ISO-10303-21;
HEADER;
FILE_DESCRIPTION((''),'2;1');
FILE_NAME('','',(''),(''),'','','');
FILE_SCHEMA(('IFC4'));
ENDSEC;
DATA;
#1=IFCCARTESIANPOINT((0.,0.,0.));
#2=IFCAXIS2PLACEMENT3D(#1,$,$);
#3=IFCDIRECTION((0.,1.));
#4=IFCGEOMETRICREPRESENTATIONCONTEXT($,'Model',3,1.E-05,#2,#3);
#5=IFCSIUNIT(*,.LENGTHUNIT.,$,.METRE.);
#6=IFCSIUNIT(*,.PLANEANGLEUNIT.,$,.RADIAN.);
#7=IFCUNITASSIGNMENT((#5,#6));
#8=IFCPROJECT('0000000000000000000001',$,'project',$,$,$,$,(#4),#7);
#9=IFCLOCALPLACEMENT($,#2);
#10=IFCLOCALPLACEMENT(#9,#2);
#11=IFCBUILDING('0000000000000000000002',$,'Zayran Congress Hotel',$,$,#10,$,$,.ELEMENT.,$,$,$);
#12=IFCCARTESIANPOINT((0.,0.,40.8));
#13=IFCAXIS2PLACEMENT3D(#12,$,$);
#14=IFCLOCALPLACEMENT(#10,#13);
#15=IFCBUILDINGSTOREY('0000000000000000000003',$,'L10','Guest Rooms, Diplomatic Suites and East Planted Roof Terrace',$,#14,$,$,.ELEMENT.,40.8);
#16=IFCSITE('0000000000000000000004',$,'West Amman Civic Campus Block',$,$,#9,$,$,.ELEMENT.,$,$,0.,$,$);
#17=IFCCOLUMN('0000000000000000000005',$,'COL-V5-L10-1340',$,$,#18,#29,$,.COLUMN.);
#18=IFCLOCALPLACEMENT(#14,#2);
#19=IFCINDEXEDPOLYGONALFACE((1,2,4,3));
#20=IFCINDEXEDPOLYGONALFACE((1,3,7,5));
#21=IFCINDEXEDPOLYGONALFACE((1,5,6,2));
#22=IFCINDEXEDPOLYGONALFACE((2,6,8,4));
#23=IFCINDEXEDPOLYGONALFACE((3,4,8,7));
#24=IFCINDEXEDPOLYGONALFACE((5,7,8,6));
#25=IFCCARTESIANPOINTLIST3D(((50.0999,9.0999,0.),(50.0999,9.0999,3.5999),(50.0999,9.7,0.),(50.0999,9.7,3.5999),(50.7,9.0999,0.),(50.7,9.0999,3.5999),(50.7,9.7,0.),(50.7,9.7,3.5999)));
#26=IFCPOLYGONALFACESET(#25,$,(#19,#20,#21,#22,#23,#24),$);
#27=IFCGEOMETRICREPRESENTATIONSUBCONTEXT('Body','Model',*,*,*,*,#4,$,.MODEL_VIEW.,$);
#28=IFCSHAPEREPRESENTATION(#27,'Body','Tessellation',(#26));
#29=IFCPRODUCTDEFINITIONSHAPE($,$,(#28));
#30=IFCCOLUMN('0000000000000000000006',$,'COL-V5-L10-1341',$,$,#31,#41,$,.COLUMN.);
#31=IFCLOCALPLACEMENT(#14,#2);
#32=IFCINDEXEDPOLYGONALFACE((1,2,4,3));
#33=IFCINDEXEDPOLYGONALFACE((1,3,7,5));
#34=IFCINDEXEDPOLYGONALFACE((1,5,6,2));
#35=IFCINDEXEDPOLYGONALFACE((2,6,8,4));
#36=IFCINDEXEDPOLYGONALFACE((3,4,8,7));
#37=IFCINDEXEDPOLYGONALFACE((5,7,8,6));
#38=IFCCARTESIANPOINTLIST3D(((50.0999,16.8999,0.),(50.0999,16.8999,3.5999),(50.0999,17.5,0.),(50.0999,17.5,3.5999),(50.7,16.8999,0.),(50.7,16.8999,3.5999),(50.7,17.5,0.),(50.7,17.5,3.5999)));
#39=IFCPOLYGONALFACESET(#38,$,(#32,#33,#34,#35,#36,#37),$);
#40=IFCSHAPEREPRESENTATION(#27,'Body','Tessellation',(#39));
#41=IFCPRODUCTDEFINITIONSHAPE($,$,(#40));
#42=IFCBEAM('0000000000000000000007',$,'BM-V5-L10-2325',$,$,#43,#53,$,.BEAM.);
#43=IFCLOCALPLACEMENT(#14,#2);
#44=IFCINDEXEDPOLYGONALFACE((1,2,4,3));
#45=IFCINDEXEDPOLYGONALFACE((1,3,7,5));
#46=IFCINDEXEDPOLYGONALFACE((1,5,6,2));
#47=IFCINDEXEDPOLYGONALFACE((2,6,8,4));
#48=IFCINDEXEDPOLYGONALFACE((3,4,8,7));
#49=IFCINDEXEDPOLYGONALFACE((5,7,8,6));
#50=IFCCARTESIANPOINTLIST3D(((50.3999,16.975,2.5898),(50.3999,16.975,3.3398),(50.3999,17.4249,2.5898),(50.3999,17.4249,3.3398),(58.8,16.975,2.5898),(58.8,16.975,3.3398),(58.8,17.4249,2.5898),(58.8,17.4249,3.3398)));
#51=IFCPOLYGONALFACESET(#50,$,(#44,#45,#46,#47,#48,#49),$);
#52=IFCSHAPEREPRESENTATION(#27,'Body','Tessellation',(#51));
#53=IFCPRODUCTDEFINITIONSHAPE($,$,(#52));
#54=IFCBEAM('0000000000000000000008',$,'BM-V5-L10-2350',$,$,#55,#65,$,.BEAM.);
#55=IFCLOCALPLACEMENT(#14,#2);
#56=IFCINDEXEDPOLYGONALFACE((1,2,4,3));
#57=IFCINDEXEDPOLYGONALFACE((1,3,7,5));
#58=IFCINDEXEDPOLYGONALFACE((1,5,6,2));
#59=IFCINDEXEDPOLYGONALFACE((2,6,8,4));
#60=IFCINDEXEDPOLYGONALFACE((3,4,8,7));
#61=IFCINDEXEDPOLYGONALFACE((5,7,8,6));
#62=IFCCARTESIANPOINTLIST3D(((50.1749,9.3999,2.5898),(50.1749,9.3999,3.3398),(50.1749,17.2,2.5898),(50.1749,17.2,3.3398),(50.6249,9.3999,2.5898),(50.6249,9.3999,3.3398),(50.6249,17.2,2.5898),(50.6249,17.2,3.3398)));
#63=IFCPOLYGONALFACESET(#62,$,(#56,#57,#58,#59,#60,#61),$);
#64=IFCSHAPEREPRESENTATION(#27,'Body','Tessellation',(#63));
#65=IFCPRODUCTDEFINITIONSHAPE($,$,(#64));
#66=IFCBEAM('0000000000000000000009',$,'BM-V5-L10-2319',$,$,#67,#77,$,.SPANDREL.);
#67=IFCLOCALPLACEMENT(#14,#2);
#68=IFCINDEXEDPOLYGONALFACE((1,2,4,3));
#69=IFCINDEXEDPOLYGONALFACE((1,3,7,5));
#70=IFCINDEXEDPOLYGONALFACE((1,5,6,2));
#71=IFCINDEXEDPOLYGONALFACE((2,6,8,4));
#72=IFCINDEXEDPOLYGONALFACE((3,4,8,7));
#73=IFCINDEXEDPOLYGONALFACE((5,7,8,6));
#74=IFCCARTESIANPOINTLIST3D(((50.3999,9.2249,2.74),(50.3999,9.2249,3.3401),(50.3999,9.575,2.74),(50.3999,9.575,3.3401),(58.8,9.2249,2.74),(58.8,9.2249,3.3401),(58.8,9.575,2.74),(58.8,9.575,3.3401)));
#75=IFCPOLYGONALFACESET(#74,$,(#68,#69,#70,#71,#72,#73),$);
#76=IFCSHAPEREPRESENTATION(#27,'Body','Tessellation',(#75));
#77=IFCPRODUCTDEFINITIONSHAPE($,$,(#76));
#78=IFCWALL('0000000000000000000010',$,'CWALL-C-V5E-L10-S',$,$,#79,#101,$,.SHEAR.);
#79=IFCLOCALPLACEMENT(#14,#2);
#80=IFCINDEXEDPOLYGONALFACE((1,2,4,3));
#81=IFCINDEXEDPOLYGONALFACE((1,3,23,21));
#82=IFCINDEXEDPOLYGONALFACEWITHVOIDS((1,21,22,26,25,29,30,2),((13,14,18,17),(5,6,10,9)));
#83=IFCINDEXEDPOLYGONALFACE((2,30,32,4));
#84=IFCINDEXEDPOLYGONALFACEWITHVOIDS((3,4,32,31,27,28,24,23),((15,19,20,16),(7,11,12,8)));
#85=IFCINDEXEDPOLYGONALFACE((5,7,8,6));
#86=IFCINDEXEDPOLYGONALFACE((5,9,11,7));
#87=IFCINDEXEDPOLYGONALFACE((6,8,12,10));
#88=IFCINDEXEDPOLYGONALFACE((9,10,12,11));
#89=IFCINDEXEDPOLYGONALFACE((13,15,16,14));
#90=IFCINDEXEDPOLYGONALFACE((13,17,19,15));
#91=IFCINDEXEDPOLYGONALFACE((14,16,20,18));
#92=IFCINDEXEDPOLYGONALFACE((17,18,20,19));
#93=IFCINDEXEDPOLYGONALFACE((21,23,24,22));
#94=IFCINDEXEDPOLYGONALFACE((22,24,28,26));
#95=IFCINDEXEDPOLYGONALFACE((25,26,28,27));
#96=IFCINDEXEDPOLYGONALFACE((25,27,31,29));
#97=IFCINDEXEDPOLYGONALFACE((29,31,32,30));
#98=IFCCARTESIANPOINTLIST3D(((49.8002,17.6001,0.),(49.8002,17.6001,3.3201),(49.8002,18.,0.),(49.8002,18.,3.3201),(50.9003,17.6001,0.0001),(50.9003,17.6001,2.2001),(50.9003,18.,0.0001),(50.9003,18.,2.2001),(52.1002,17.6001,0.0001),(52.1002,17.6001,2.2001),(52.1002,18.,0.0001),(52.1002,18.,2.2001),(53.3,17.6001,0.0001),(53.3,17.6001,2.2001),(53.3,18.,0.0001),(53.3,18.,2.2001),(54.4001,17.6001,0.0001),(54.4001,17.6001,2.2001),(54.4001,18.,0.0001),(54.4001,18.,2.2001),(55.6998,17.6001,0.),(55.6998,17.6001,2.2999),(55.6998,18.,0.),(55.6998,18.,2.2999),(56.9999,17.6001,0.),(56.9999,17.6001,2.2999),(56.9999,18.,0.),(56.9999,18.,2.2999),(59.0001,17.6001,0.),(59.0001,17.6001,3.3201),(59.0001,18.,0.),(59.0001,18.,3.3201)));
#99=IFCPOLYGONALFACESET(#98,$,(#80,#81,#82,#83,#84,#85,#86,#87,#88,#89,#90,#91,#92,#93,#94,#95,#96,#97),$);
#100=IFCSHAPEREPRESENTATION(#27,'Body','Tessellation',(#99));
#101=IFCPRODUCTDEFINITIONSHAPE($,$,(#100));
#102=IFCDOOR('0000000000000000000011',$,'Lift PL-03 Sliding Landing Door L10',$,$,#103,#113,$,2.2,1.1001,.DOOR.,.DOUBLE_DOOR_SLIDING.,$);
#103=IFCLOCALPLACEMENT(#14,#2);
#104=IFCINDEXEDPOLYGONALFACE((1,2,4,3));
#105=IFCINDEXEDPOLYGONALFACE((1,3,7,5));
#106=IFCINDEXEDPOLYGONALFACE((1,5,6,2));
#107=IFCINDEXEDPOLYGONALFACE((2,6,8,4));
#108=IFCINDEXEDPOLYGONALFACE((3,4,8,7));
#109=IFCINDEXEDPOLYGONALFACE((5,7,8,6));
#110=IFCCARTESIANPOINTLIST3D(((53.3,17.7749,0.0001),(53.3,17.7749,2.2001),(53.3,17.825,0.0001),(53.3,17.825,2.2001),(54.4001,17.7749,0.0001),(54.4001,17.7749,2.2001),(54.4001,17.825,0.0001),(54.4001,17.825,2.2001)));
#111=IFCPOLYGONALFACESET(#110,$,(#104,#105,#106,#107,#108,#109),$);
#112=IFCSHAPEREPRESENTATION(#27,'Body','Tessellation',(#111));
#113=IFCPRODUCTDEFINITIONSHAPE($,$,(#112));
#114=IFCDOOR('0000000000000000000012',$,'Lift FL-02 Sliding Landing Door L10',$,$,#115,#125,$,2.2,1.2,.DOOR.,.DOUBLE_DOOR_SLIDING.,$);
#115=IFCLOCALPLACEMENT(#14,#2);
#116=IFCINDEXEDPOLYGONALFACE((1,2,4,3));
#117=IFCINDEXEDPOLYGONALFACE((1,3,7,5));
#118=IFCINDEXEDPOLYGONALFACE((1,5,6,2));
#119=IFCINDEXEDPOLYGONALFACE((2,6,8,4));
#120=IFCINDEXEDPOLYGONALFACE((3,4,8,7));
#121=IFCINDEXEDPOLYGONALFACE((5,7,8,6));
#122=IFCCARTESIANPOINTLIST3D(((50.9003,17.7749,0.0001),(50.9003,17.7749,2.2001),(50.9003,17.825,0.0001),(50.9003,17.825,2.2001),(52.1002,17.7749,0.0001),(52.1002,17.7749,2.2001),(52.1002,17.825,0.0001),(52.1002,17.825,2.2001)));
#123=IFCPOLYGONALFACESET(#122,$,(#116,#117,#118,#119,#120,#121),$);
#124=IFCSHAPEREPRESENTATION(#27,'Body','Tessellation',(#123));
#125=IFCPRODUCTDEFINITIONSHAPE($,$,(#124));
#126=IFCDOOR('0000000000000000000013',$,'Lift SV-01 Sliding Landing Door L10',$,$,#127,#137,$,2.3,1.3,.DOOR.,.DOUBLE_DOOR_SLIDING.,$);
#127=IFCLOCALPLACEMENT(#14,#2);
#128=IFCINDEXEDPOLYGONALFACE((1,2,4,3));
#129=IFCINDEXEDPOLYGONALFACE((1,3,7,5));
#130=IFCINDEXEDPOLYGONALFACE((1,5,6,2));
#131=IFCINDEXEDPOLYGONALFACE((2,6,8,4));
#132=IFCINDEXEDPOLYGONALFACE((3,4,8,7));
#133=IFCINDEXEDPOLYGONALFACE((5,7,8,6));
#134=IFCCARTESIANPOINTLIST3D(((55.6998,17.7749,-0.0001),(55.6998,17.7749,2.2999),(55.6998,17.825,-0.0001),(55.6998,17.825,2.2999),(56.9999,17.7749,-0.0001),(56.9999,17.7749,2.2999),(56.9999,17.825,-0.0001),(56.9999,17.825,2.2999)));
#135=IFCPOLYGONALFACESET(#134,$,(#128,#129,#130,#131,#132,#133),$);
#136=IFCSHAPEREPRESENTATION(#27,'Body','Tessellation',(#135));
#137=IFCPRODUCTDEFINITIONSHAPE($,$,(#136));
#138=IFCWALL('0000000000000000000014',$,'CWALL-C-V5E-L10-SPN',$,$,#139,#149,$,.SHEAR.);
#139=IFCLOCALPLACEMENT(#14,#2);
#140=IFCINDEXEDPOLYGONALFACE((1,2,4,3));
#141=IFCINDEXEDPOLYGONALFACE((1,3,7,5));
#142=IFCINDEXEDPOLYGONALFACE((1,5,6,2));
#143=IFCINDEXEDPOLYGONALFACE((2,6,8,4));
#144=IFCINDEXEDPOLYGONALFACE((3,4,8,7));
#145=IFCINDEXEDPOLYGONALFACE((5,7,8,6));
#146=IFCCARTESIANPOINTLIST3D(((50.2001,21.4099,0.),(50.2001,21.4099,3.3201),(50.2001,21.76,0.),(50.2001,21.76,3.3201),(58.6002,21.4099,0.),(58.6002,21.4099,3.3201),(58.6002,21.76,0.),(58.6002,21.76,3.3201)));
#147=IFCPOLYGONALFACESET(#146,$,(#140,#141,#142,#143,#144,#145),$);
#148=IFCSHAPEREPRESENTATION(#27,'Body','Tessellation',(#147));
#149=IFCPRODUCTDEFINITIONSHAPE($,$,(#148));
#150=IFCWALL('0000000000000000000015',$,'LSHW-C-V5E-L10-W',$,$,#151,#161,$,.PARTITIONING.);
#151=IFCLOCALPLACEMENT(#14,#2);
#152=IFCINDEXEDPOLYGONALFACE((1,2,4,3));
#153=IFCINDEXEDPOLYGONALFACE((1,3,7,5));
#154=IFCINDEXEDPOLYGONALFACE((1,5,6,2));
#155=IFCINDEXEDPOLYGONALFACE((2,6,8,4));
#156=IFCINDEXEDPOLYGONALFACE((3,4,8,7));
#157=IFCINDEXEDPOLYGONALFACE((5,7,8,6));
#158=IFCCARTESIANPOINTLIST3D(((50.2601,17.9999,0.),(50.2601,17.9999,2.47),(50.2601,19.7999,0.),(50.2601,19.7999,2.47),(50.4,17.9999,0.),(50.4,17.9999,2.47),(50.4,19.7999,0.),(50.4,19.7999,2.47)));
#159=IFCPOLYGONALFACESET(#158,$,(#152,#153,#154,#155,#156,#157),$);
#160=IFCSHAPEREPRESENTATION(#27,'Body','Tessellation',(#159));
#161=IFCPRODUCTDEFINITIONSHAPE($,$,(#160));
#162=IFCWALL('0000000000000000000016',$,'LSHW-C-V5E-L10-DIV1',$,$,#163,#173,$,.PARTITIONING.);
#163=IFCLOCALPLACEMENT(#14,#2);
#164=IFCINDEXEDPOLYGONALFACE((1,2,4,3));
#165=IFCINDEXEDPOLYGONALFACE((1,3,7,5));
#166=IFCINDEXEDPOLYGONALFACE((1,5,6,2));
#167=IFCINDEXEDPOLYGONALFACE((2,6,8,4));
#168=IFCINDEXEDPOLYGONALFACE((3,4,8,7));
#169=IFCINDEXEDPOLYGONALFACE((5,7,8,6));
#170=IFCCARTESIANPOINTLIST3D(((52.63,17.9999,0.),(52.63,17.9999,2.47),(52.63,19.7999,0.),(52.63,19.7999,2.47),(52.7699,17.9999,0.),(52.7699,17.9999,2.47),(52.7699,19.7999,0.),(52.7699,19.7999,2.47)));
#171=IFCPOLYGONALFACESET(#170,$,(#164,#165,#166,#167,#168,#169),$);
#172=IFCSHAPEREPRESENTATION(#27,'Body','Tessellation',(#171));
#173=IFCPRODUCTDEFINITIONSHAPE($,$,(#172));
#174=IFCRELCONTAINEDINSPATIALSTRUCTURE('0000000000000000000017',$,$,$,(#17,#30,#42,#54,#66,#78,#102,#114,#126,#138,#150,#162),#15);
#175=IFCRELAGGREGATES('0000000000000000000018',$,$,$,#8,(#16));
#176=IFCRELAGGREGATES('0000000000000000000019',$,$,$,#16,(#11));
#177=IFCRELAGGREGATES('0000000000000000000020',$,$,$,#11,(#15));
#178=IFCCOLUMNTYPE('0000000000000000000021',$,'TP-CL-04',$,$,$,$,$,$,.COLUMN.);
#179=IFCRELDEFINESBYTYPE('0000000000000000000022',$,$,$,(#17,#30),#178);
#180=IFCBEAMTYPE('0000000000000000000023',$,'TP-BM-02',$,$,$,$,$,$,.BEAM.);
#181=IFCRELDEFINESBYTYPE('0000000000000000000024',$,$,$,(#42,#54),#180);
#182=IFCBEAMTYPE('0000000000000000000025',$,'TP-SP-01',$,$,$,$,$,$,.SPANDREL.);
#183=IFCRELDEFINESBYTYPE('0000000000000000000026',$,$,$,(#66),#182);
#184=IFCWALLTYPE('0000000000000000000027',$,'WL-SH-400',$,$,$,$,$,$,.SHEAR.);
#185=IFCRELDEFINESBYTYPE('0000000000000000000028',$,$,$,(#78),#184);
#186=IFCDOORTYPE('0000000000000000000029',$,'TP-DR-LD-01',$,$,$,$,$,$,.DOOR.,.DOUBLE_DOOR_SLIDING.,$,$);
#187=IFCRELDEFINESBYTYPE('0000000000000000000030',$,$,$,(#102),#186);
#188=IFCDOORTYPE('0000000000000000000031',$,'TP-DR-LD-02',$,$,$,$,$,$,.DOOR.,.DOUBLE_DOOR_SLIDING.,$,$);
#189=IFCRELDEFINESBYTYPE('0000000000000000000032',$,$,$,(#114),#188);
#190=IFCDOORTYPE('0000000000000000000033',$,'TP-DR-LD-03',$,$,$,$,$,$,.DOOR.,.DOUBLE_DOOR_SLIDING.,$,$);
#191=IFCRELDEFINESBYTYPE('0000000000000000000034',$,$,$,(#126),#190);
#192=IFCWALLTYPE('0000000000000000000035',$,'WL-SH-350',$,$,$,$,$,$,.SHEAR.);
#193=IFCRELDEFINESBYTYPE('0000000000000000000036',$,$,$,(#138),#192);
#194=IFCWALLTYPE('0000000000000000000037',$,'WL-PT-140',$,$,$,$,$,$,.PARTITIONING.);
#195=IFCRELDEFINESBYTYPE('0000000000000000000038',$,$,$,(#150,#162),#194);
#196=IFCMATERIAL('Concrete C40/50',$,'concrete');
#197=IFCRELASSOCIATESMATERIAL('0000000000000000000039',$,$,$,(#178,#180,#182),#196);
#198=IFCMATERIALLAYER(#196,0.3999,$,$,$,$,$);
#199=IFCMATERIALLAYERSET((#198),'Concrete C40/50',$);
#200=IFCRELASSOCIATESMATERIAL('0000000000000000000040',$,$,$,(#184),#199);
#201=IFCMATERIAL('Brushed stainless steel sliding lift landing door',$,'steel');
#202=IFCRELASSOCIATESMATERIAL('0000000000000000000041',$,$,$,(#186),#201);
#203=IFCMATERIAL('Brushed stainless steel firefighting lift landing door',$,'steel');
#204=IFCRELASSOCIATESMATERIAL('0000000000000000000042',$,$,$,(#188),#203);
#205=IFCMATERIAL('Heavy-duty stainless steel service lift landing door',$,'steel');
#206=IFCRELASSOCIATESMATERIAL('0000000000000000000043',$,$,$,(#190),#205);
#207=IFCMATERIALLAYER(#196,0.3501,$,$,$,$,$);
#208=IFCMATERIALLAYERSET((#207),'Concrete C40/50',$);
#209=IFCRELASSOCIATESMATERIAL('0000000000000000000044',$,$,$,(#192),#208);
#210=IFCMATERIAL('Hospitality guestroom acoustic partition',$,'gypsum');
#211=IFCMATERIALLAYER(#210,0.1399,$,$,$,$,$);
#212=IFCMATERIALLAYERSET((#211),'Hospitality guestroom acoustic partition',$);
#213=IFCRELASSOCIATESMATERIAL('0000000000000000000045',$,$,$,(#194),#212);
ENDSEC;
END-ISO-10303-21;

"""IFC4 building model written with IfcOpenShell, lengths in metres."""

from ifc_helpers import new_model, si_unit, direction, frame, frame_2d, origin, origin_2d, place, context, subcontext, project, spatial, rectangle, extrude, material, layer, layer_set, material_profile, profile_set, type_object, element, fill, save


model = new_model("IFC4")

# Units and contexts
model_context = context("Model", 3, precision=1e-05, world=origin(), true_north=direction((0.0, 1.0)))
body_context = subcontext(model_context, "Body", "Model", "MODEL_VIEW")
ifc_project = project(units=[si_unit("LENGTHUNIT", "METRE"), si_unit("PLANEANGLEUNIT", "RADIAN")], contexts=[model_context])

# Site, building, storey
site_placement = place(None, origin())
site = spatial("IfcSite", under=ifc_project, at=site_placement, Name="West Amman Civic Campus Block", CompositionType="ELEMENT", RefElevation=0.0)
building_placement = place(site_placement, origin())
building = spatial("IfcBuilding", under=site, at=building_placement, Name="Zayran Congress Hotel", CompositionType="ELEMENT")
storey_placement = place(building_placement, frame((0.0, 0.0, 40.8)))
storey = spatial("IfcBuildingStorey", under=building, at=storey_placement, Name="L10", Description="Guest Rooms, Diplomatic Suites and East Planted Roof Terrace", CompositionType="ELEMENT", Elevation=40.8)

# Columns
ifc_material_1 = material(Name="Concrete C40/50", Category="concrete")
ifc_material_profile_1 = material_profile(ifc_material_1, rectangle(XDim=0.6001, YDim=0.6001, at=origin_2d()), Name="RC 600x600")
ifc_profile_set_1 = profile_set([ifc_material_profile_1], Name="Concrete C40/50")
column_type = type_object("IfcColumnType", Name="TP-CL-04", PredefinedType="COLUMN", material=ifc_profile_set_1)
for number, where, z_axis, x_axis, name in (
    (1, (50.3999, 9.3999, 0.0), (0.0, 0.0, 1.0), (1.0, 0.0, 0.0), "COL-V5-L10-1340"),
    (2, (50.3999, 17.2, 0.0), (0.0, 0.0, 1.0), (1.0, 0.0, 0.0), "COL-V5-L10-1341"),
):
    element("IfcColumn", number, at=place(storey_placement, frame(where, z_axis=z_axis, x_axis=x_axis)), inside=storey, type_object=column_type, Name=name, PredefinedType="COLUMN", context=body_context, shape_type="SweptSolid", body=[
        extrude(rectangle(XDim=0.6001, YDim=0.6001, at=origin_2d()), origin(), (0.0, 0.0, 1.0), 3.5999),
    ])

# Beams
ifc_material_profile_2 = material_profile(ifc_material_1, rectangle(XDim=0.45, YDim=0.75, at=origin_2d()), Name="RC 450x750")
ifc_profile_set_2 = profile_set([ifc_material_profile_2], Name="Concrete C40/50")
beam_type_1 = type_object("IfcBeamType", Name="TP-BM-02", PredefinedType="BEAM", material=ifc_profile_set_2)
beam_1_placement = place(storey_placement, frame((50.3999, 17.2, 2.9648), z_axis=(1.0, 0.0, 0.0), x_axis=(0.0, 1.0, 0.0)))
element("IfcBeam", 3, at=beam_1_placement, inside=storey, type_object=beam_type_1, Name="BM-V5-L10-2325", PredefinedType="BEAM", context=body_context, shape_type="SweptSolid", body=[
    extrude(rectangle(XDim=0.45, YDim=0.75, at=origin_2d()), origin(), (0.0, 0.0, 1.0), 8.4001),
])
beam_2_placement = place(storey_placement, frame((50.3999, 9.3999, 2.9648), z_axis=(0.0, 1.0, 0.0), x_axis=(-1.0, 0.0, 0.0)))
element("IfcBeam", 4, at=beam_2_placement, inside=storey, type_object=beam_type_1, Name="BM-V5-L10-2350", PredefinedType="BEAM", context=body_context, shape_type="SweptSolid", body=[
    extrude(rectangle(XDim=0.45, YDim=0.75, at=origin_2d()), origin(), (0.0, 0.0, 1.0), 7.8),
])
ifc_material_profile_3 = material_profile(ifc_material_1, rectangle(XDim=0.3501, YDim=0.6001, at=origin_2d()), Name="RC 350x600")
ifc_profile_set_3 = profile_set([ifc_material_profile_3], Name="Concrete C40/50")
beam_type_2 = type_object("IfcBeamType", Name="TP-SP-01", PredefinedType="SPANDREL", material=ifc_profile_set_3)
beam_3_placement = place(storey_placement, frame((50.3999, 9.3999, 3.04), z_axis=(1.0, 0.0, 0.0), x_axis=(0.0, 1.0, 0.0)))
element("IfcBeam", 5, at=beam_3_placement, inside=storey, type_object=beam_type_2, Name="BM-V5-L10-2319", PredefinedType="SPANDREL", context=body_context, shape_type="SweptSolid", body=[
    extrude(rectangle(XDim=0.3501, YDim=0.6001, at=origin_2d()), origin(), (0.0, 0.0, 1.0), 8.4001),
])

# Wall, openings, doors
ifc_layer_1 = layer(ifc_material_1, 0.3999)
ifc_layer_set_1 = layer_set([ifc_layer_1], Name="Concrete C40/50")
wall_type_1 = type_object("IfcWallType", Name="WL-SH-400", PredefinedType="SHEAR", material=ifc_layer_set_1)
wall_1_placement = place(storey_placement, frame((49.8, 17.8, 0.0), z_axis=(0.0, 0.0, 1.0), x_axis=(1.0, 0.0, 0.0)))
wall_1 = element("IfcWall", 6, at=wall_1_placement, inside=storey, type_object=wall_type_1, Name="CWALL-C-V5E-L10-S", PredefinedType="SHEAR", context=body_context, shape_type="SweptSolid", body=[
    extrude(rectangle(XDim=9.2, YDim=0.3999, at=frame_2d((4.6001, 0.0))), origin(), (0.0, 0.0, 1.0), 3.3201),
])
opening_1_placement = place(wall_1_placement, frame((1.1001, 0.0, 0.0)))
opening_1 = element("IfcOpeningElement", 7, at=opening_1_placement, cuts=wall_1, PredefinedType="OPENING", context=body_context, shape_type="SweptSolid", body=[
    extrude(rectangle(XDim=1.2, YDim=2.2, at=frame_2d((0.6001, 1.1001))), frame((0.0, 0.21, 0.0), z_axis=(0.0, -1.0, 0.0), x_axis=(1.0, 0.0, 0.0)), (0.0, 0.0, 1.0), 0.4199),
])
opening_2_placement = place(wall_1_placement, frame((3.5, 0.0, 0.0)))
opening_2 = element("IfcOpeningElement", 8, at=opening_2_placement, cuts=wall_1, PredefinedType="OPENING", context=body_context, shape_type="SweptSolid", body=[
    extrude(rectangle(XDim=1.1001, YDim=2.2, at=frame_2d((0.55, 1.1001))), frame((0.0, 0.21, 0.0), z_axis=(0.0, -1.0, 0.0), x_axis=(1.0, 0.0, 0.0)), (0.0, 0.0, 1.0), 0.4199),
])
opening_3_placement = place(wall_1_placement, frame((5.8999, 0.0, 0.0)))
opening_3 = element("IfcOpeningElement", 9, at=opening_3_placement, cuts=wall_1, PredefinedType="OPENING", context=body_context, shape_type="SweptSolid", body=[
    extrude(rectangle(XDim=1.3, YDim=2.3, at=frame_2d((0.6499, 1.1499))), frame((0.0, 0.21, 0.0), z_axis=(0.0, -1.0, 0.0), x_axis=(1.0, 0.0, 0.0)), (0.0, 0.0, 1.0), 0.4199),
])
ifc_material_2 = material(Name="Brushed stainless steel sliding lift landing door", Category="steel")
door_type_1 = type_object("IfcDoorType", Name="TP-DR-LD-01", OperationType="DOUBLE_DOOR_SLIDING", PredefinedType="DOOR", material=ifc_material_2)
door_1_placement = place(opening_2_placement, origin())
door_1 = element("IfcDoor", 10, at=door_1_placement, inside=storey, type_object=door_type_1, Name="Lift PL-03 Sliding Landing Door L10", OperationType="DOUBLE_DOOR_SLIDING", OverallHeight=2.2, OverallWidth=1.1001, PredefinedType="DOOR", context=body_context, shape_type="SweptSolid", body=[
    extrude(rectangle(XDim=1.1001, YDim=2.2, at=frame_2d((0.55, 1.1001))), frame((0.0, 0.0249, 0.0), z_axis=(0.0, -1.0, 0.0), x_axis=(1.0, 0.0, 0.0)), (0.0, 0.0, 1.0), 0.05),
])
fill(opening_2, door_1)
ifc_material_3 = material(Name="Brushed stainless steel firefighting lift landing door", Category="steel")
door_type_2 = type_object("IfcDoorType", Name="TP-DR-LD-02", OperationType="DOUBLE_DOOR_SLIDING", PredefinedType="DOOR", material=ifc_material_3)
door_2_placement = place(opening_1_placement, origin())
door_2 = element("IfcDoor", 11, at=door_2_placement, inside=storey, type_object=door_type_2, Name="Lift FL-02 Sliding Landing Door L10", OperationType="DOUBLE_DOOR_SLIDING", OverallHeight=2.2, OverallWidth=1.2, PredefinedType="DOOR", context=body_context, shape_type="SweptSolid", body=[
    extrude(rectangle(XDim=1.2, YDim=2.2, at=frame_2d((0.6001, 1.1001))), frame((0.0, 0.0249, 0.0), z_axis=(0.0, -1.0, 0.0), x_axis=(1.0, 0.0, 0.0)), (0.0, 0.0, 1.0), 0.05),
])
fill(opening_1, door_2)
ifc_material_4 = material(Name="Heavy-duty stainless steel service lift landing door", Category="steel")
door_type_3 = type_object("IfcDoorType", Name="TP-DR-LD-03", OperationType="DOUBLE_DOOR_SLIDING", PredefinedType="DOOR", material=ifc_material_4)
door_3_placement = place(opening_3_placement, origin())
door_3 = element("IfcDoor", 12, at=door_3_placement, inside=storey, type_object=door_type_3, Name="Lift SV-01 Sliding Landing Door L10", OperationType="DOUBLE_DOOR_SLIDING", OverallHeight=2.3, OverallWidth=1.3, PredefinedType="DOOR", context=body_context, shape_type="SweptSolid", body=[
    extrude(rectangle(XDim=1.3, YDim=2.3, at=frame_2d((0.6499, 1.1499))), frame((0.0, 0.0249, 0.0), z_axis=(0.0, -1.0, 0.0), x_axis=(1.0, 0.0, 0.0)), (0.0, 0.0, 1.0), 0.05),
])
fill(opening_3, door_3)

# Walls
ifc_layer_2 = layer(ifc_material_1, 0.3501)
ifc_layer_set_2 = layer_set([ifc_layer_2], Name="Concrete C40/50")
wall_type_2 = type_object("IfcWallType", Name="WL-SH-350", PredefinedType="SHEAR", material=ifc_layer_set_2)
wall_2_placement = place(storey_placement, frame((50.2, 21.585, 0.0), z_axis=(0.0, 0.0, 1.0), x_axis=(1.0, 0.0, 0.0)))
element("IfcWall", 13, at=wall_2_placement, inside=storey, type_object=wall_type_2, Name="CWALL-C-V5E-L10-SPN", PredefinedType="SHEAR", context=body_context, shape_type="SweptSolid", body=[
    extrude(rectangle(XDim=8.4001, YDim=0.3501, at=frame_2d((4.2002, 0.0))), origin(), (0.0, 0.0, 1.0), 3.3201),
])
ifc_material_5 = material(Name="Hospitality guestroom acoustic partition", Category="gypsum")
ifc_layer_3 = layer(ifc_material_5, 0.1399)
ifc_layer_set_3 = layer_set([ifc_layer_3], Name="Hospitality guestroom acoustic partition")
wall_type_3 = type_object("IfcWallType", Name="WL-PT-140", PredefinedType="PARTITIONING", material=ifc_layer_set_3)
for number, where, z_axis, x_axis, name in (
    (14, (50.3301, 18.0, 0.0), (0.0, 0.0, 1.0), (0.0, 1.0, 0.0), "LSHW-C-V5E-L10-W"),
    (15, (52.7, 18.0, 0.0), (0.0, 0.0, 1.0), (0.0, 1.0, 0.0), "LSHW-C-V5E-L10-DIV1"),
):
    element("IfcWall", number, at=place(storey_placement, frame(where, z_axis=z_axis, x_axis=x_axis)), inside=storey, type_object=wall_type_3, Name=name, PredefinedType="PARTITIONING", context=body_context, shape_type="SweptSolid", body=[
        extrude(rectangle(XDim=1.8, YDim=0.1399, at=frame_2d((0.8999, 0.0))), origin(), (0.0, 0.0, 1.0), 2.47),
    ])

save(model, "model.ifc")
